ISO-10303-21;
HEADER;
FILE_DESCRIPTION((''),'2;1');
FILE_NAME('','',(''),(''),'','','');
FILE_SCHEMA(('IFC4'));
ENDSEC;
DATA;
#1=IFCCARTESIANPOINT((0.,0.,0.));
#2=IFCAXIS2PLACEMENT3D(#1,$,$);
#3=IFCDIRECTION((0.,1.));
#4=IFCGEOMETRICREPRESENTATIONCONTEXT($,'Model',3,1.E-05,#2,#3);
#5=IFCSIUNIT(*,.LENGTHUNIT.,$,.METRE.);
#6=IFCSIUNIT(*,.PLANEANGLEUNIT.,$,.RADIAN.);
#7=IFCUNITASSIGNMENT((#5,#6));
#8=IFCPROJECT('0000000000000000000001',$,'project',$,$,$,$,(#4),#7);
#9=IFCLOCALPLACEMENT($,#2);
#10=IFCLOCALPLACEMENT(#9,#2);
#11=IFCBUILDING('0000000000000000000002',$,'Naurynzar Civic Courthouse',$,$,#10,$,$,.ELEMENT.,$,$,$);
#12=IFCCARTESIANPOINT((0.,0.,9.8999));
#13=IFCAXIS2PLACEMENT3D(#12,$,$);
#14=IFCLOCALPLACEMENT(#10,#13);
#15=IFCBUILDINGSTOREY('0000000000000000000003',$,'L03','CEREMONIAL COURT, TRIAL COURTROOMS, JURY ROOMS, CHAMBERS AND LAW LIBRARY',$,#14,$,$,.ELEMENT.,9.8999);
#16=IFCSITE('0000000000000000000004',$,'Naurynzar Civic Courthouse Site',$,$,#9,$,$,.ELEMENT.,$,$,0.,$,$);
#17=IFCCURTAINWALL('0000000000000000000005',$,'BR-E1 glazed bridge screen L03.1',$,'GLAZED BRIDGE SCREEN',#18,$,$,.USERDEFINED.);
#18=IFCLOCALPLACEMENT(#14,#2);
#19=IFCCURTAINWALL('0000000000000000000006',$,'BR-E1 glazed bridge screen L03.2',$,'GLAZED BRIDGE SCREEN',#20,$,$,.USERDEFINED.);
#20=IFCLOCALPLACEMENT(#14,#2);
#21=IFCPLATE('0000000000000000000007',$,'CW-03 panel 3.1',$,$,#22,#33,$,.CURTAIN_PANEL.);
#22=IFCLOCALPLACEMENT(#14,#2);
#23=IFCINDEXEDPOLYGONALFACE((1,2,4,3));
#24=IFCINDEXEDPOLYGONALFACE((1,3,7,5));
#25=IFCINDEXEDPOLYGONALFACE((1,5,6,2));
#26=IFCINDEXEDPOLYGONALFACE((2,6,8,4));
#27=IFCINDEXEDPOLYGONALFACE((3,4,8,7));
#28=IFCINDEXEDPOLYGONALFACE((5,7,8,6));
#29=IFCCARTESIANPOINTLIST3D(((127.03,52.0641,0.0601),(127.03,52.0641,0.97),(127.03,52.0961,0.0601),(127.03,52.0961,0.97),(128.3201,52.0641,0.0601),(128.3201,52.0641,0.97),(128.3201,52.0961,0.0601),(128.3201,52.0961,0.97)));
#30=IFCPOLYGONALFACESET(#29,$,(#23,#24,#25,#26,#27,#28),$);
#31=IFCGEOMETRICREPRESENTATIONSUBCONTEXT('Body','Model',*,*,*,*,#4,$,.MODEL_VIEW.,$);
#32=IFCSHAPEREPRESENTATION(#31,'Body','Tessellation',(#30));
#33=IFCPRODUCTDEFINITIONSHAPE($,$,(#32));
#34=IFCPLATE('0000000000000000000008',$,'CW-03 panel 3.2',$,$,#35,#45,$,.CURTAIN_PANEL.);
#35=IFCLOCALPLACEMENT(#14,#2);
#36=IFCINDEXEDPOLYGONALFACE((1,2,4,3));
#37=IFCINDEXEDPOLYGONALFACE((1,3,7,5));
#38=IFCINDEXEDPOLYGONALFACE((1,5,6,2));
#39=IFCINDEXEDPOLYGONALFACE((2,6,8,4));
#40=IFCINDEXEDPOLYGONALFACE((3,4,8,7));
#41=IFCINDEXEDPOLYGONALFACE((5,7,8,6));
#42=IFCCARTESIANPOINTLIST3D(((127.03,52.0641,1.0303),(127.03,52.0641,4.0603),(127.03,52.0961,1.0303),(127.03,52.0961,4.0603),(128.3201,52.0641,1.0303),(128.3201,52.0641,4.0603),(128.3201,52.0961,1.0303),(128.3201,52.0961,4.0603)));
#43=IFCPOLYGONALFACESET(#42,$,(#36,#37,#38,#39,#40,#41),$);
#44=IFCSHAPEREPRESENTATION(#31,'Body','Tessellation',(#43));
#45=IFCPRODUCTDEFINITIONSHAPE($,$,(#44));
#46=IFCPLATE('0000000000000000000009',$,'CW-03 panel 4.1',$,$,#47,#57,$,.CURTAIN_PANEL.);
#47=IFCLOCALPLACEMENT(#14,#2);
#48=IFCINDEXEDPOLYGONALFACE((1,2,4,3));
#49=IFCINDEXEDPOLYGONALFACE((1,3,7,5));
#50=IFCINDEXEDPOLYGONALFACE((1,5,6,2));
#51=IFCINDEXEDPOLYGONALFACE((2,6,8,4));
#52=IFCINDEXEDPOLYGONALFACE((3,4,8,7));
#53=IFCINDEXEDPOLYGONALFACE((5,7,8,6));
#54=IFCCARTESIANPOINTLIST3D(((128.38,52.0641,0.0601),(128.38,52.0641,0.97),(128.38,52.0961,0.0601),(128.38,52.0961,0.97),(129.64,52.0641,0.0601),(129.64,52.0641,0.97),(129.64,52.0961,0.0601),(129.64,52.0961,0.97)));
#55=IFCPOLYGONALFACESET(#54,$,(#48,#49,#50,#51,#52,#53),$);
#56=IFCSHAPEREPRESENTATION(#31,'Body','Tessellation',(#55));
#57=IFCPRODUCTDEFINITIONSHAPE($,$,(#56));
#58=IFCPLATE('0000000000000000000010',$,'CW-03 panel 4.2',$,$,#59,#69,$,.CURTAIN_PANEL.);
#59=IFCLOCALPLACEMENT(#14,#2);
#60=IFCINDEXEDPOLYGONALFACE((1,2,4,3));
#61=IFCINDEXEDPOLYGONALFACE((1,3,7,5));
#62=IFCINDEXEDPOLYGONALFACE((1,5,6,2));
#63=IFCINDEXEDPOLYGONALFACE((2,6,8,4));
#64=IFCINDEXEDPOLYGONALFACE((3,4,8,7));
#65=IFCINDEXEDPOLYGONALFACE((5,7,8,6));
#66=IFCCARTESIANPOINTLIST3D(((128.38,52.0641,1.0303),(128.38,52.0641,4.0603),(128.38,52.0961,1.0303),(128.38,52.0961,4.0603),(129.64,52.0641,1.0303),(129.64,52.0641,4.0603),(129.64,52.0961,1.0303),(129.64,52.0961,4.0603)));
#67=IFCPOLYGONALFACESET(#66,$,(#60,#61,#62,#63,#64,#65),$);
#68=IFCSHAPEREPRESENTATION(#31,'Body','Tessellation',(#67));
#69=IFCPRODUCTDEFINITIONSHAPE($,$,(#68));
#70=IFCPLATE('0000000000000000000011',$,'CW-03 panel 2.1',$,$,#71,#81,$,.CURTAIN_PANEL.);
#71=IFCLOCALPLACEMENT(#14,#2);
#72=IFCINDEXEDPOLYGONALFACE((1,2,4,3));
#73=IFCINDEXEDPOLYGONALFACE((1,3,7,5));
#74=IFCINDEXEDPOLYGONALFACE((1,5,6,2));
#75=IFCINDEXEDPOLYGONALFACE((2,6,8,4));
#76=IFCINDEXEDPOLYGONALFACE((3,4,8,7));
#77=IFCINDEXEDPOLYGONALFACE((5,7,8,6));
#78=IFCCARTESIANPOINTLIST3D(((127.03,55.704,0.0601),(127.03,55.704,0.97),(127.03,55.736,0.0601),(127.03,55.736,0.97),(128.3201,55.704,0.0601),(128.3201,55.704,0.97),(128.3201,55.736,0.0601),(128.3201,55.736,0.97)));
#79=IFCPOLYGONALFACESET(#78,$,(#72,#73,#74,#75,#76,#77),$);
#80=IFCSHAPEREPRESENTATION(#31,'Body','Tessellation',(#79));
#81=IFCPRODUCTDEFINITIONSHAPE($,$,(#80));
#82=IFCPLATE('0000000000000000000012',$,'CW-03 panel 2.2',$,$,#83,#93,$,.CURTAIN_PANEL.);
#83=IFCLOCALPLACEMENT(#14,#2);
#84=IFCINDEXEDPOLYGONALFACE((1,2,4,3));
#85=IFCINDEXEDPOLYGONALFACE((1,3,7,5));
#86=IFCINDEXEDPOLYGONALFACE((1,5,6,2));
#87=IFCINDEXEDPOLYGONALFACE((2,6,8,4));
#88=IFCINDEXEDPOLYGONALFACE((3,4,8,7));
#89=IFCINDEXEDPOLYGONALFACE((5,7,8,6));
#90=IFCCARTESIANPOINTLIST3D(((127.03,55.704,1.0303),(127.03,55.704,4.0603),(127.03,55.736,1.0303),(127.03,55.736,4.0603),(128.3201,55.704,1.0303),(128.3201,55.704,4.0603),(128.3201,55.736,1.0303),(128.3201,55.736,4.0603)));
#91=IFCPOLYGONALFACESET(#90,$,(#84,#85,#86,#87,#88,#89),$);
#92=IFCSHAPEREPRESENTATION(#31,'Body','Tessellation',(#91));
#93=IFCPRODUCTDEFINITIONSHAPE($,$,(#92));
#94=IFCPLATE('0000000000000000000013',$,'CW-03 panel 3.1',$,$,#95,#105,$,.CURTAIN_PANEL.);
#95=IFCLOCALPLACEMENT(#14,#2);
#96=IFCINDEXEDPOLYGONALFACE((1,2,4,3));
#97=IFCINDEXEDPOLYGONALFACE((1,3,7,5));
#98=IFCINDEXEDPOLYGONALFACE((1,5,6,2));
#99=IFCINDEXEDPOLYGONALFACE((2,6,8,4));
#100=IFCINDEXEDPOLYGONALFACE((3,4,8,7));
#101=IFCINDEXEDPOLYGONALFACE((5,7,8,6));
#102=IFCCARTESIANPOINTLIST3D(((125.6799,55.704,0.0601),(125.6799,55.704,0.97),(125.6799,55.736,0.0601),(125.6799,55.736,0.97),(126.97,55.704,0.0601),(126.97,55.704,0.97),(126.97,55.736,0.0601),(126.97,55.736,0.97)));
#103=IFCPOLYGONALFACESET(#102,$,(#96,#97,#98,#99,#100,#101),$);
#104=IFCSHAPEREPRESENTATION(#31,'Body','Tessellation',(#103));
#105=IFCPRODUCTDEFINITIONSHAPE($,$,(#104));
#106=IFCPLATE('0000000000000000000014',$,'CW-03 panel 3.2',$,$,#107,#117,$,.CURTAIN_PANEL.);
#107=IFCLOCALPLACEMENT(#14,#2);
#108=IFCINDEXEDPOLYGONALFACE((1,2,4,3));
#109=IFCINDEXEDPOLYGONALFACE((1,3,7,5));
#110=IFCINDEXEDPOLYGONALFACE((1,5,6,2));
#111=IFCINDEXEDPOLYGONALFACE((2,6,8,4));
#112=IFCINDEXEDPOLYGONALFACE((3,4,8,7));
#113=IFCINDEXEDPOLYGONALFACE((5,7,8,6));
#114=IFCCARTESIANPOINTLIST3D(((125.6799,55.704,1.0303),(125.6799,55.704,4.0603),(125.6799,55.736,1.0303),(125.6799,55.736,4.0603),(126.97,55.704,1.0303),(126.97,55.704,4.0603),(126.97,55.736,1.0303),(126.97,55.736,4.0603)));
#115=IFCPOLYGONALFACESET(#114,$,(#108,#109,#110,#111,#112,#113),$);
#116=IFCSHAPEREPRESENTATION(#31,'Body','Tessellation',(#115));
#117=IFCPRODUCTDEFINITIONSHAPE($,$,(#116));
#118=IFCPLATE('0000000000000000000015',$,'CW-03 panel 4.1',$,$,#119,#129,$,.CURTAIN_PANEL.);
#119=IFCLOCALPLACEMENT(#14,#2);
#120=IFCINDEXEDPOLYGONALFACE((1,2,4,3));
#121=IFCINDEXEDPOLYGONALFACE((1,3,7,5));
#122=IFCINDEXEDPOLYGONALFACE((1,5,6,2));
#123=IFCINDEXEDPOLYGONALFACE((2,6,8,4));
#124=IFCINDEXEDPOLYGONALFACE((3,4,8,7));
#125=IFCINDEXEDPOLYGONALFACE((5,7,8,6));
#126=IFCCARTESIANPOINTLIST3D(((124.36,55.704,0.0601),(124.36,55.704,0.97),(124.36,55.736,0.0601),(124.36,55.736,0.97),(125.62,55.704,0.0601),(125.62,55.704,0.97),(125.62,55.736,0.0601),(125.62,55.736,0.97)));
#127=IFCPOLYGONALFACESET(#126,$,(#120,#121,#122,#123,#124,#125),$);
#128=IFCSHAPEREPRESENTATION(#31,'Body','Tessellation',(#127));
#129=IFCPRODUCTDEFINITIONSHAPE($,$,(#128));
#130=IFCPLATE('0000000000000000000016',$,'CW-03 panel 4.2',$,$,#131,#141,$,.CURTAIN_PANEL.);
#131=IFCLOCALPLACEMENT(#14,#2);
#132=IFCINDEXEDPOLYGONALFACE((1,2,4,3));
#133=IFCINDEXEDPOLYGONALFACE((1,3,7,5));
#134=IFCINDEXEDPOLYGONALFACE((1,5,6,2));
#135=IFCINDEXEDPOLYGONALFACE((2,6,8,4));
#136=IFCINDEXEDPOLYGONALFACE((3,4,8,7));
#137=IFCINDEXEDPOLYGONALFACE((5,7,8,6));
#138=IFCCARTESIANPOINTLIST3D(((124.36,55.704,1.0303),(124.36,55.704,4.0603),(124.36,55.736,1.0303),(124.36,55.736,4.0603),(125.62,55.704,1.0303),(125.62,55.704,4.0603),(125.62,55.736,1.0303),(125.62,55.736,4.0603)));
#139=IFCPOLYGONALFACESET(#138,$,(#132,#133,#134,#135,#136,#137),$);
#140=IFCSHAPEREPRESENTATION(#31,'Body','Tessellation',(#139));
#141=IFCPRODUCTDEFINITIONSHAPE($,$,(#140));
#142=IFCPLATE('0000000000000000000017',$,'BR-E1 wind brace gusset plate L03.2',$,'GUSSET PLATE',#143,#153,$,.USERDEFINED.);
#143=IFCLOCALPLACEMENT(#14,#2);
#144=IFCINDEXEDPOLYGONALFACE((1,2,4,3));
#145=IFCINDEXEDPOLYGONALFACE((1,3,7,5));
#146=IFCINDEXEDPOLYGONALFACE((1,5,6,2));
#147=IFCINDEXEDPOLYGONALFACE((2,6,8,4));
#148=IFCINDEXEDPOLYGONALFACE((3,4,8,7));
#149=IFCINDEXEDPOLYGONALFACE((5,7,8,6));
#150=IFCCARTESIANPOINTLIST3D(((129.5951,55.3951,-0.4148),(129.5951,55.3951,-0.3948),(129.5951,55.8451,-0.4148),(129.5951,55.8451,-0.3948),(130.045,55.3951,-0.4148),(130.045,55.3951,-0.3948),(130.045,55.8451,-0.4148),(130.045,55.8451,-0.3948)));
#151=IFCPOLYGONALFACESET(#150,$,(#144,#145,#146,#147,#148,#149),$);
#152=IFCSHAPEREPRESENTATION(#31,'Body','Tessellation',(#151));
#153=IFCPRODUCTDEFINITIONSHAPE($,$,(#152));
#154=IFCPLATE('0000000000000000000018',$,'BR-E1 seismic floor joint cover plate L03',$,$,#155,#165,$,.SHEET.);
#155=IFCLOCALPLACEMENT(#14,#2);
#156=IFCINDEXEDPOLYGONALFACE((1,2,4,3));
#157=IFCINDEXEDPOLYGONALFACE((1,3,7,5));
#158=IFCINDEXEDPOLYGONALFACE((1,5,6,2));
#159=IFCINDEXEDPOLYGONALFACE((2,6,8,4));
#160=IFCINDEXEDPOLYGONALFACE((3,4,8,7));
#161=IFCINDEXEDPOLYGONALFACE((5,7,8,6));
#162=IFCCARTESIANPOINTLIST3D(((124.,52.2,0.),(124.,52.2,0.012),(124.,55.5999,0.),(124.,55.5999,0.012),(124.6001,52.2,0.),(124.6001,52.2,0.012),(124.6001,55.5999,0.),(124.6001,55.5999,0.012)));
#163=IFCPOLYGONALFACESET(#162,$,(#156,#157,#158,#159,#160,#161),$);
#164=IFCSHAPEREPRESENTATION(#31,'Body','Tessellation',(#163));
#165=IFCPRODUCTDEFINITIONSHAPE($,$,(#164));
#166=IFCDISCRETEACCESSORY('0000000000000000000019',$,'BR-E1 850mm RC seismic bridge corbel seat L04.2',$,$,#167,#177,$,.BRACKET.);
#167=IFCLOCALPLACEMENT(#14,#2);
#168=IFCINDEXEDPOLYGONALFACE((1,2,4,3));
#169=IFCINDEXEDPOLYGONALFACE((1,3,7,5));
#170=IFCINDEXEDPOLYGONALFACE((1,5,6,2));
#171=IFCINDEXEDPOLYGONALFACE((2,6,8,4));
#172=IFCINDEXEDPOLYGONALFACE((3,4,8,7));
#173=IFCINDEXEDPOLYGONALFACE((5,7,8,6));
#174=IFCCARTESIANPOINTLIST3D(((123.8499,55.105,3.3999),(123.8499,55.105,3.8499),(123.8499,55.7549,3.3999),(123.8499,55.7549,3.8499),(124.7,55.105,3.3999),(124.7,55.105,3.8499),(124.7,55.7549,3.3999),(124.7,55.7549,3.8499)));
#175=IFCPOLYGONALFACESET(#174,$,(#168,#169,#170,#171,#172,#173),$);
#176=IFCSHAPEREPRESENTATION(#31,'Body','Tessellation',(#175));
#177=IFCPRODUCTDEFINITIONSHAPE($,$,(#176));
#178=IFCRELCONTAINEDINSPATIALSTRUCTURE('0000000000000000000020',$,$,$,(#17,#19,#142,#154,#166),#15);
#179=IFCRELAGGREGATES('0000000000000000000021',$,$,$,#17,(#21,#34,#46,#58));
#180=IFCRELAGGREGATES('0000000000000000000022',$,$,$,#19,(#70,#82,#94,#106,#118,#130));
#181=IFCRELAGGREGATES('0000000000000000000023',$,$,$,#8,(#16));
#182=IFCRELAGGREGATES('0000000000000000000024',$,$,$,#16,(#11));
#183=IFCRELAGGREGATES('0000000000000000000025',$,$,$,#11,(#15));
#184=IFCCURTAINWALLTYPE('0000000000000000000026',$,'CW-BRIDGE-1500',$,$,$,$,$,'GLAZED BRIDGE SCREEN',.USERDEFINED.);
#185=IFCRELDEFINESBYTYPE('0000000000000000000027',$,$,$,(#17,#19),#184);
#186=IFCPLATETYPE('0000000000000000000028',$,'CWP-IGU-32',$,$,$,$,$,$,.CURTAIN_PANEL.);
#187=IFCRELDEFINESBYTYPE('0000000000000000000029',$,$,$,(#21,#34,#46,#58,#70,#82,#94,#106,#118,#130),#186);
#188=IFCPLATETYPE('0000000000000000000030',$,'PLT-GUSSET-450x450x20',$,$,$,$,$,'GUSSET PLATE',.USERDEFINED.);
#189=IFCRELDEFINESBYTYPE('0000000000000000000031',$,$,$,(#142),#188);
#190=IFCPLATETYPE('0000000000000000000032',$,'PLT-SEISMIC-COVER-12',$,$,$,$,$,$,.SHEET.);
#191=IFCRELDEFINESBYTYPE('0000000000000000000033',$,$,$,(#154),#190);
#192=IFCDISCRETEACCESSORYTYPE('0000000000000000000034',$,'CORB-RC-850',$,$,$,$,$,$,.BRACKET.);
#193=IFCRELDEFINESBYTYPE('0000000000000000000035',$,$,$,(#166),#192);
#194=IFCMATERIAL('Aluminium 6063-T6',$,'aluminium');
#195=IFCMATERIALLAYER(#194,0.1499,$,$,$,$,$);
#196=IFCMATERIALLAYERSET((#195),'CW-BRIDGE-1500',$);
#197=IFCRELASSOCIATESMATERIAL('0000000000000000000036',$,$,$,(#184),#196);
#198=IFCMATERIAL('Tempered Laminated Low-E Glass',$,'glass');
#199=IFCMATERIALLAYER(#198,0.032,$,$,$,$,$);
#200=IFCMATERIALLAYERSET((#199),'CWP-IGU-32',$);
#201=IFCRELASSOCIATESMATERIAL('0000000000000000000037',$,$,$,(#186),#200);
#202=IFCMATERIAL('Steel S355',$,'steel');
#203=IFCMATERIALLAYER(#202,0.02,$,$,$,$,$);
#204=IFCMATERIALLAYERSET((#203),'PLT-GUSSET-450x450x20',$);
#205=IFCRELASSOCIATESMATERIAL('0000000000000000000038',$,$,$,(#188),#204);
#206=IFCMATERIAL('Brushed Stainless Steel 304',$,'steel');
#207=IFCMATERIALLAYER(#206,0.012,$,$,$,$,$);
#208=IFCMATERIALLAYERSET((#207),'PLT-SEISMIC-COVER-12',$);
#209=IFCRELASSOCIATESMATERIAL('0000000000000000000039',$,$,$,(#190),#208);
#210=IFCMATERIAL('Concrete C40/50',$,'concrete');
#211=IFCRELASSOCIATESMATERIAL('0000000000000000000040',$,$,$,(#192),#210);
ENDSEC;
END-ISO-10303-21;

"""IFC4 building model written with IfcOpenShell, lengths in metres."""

from ifc_helpers import new_model, si_unit, direction, frame, origin, origin_2d, place, context, subcontext, project, spatial, rectangle, extrude, material, layer, layer_set, type_object, element, aggregate, save


model = new_model("IFC4")

# Units and contexts
model_context = context("Model", 3, precision=1e-05, world=origin(), true_north=direction((0.0, 1.0)))
body_context = subcontext(model_context, "Body", "Model", "MODEL_VIEW")
ifc_project = project(units=[si_unit("LENGTHUNIT", "METRE"), si_unit("PLANEANGLEUNIT", "RADIAN")], contexts=[model_context])

# Site, building, storey
site_placement = place(None, origin())
site = spatial("IfcSite", under=ifc_project, at=site_placement, Name="Naurynzar Civic Courthouse Site", CompositionType="ELEMENT", RefElevation=0.0)
building_placement = place(site_placement, origin())
building = spatial("IfcBuilding", under=site, at=building_placement, Name="Naurynzar Civic Courthouse", CompositionType="ELEMENT")
storey_placement = place(building_placement, frame((0.0, 0.0, 9.8999)))
storey = spatial("IfcBuildingStorey", under=building, at=storey_placement, Name="L03", Description="CEREMONIAL COURT, TRIAL COURTROOMS, JURY ROOMS, CHAMBERS AND LAW LIBRARY", CompositionType="ELEMENT", Elevation=9.8999)

# Curtain walls
ifc_material_1 = material(Name="Aluminium 6063-T6", Category="aluminium")
ifc_layer_1 = layer(ifc_material_1, 0.1499)
ifc_layer_set_1 = layer_set([ifc_layer_1], Name="CW-BRIDGE-1500")
curtain_wall_type = type_object("IfcCurtainWallType", Name="CW-BRIDGE-1500", ElementType="GLAZED BRIDGE SCREEN", PredefinedType="USERDEFINED", material=ifc_layer_set_1)
curtain_wall_1_placement = place(storey_placement, origin())
curtain_wall_1 = element("IfcCurtainWall", 1, at=curtain_wall_1_placement, inside=storey, type_object=curtain_wall_type, Name="BR-E1 glazed bridge screen L03.1", ObjectType="GLAZED BRIDGE SCREEN", PredefinedType="USERDEFINED")
curtain_wall_2_placement = place(storey_placement, origin())
curtain_wall_2 = element("IfcCurtainWall", 2, at=curtain_wall_2_placement, inside=storey, type_object=curtain_wall_type, Name="BR-E1 glazed bridge screen L03.2", ObjectType="GLAZED BRIDGE SCREEN", PredefinedType="USERDEFINED")

# Plates
ifc_material_2 = material(Name="Tempered Laminated Low-E Glass", Category="glass")
ifc_layer_2 = layer(ifc_material_2, 0.032)
ifc_layer_set_2 = layer_set([ifc_layer_2], Name="CWP-IGU-32")
plate_type_1 = type_object("IfcPlateType", Name="CWP-IGU-32", PredefinedType="CURTAIN_PANEL", material=ifc_layer_set_2)
plate_1_placement = place(storey_placement, frame((127.675, 52.0801, 0.0601), z_axis=(0.0, 0.0, 1.0), x_axis=(1.0, 0.0, 0.0)))
plate_1 = element("IfcPlate", 3, at=plate_1_placement, type_object=plate_type_1, Name="CW-03 panel 3.1", PredefinedType="CURTAIN_PANEL", context=body_context, shape_type="SweptSolid", body=[
    extrude(rectangle(XDim=1.29, YDim=0.032, at=origin_2d()), origin(), (0.0, 0.0, 1.0), 0.9099),
])
plate_2_placement = place(storey_placement, frame((127.675, 52.0801, 1.0303), z_axis=(0.0, 0.0, 1.0), x_axis=(1.0, 0.0, 0.0)))
plate_2 = element("IfcPlate", 4, at=plate_2_placement, type_object=plate_type_1, Name="CW-03 panel 3.2", PredefinedType="CURTAIN_PANEL", context=body_context, shape_type="SweptSolid", body=[
    extrude(rectangle(XDim=1.29, YDim=0.032, at=origin_2d()), origin(), (0.0, 0.0, 1.0), 3.03),
])
plate_3_placement = place(storey_placement, frame((129.01, 52.0801, 0.0601), z_axis=(0.0, 0.0, 1.0), x_axis=(1.0, 0.0, 0.0)))
plate_3 = element("IfcPlate", 5, at=plate_3_placement, type_object=plate_type_1, Name="CW-03 panel 4.1", PredefinedType="CURTAIN_PANEL", context=body_context, shape_type="SweptSolid", body=[
    extrude(rectangle(XDim=1.26, YDim=0.032, at=origin_2d()), origin(), (0.0, 0.0, 1.0), 0.9099),
])
plate_4_placement = place(storey_placement, frame((129.01, 52.0801, 1.0303), z_axis=(0.0, 0.0, 1.0), x_axis=(1.0, 0.0, 0.0)))
plate_4 = element("IfcPlate", 6, at=plate_4_placement, type_object=plate_type_1, Name="CW-03 panel 4.2", PredefinedType="CURTAIN_PANEL", context=body_context, shape_type="SweptSolid", body=[
    extrude(rectangle(XDim=1.26, YDim=0.032, at=origin_2d()), origin(), (0.0, 0.0, 1.0), 3.03),
])
aggregate(curtain_wall_1, [plate_1, plate_2, plate_3, plate_4])
plate_5_placement = place(storey_placement, frame((127.675, 55.72, 0.0601), z_axis=(0.0, 0.0, 1.0), x_axis=(-1.0, 0.0, 0.0)))
plate_5 = element("IfcPlate", 7, at=plate_5_placement, type_object=plate_type_1, Name="CW-03 panel 2.1", PredefinedType="CURTAIN_PANEL", context=body_context, shape_type="SweptSolid", body=[
    extrude(rectangle(XDim=1.29, YDim=0.032, at=origin_2d()), origin(), (0.0, 0.0, 1.0), 0.9099),
])
plate_6_placement = place(storey_placement, frame((127.675, 55.72, 1.0303), z_axis=(0.0, 0.0, 1.0), x_axis=(-1.0, 0.0, 0.0)))
plate_6 = element("IfcPlate", 8, at=plate_6_placement, type_object=plate_type_1, Name="CW-03 panel 2.2", PredefinedType="CURTAIN_PANEL", context=body_context, shape_type="SweptSolid", body=[
    extrude(rectangle(XDim=1.29, YDim=0.032, at=origin_2d()), origin(), (0.0, 0.0, 1.0), 3.03),
])
plate_7_placement = place(storey_placement, frame((126.325, 55.72, 0.0601), z_axis=(0.0, 0.0, 1.0), x_axis=(-1.0, 0.0, 0.0)))
plate_7 = element("IfcPlate", 9, at=plate_7_placement, type_object=plate_type_1, Name="CW-03 panel 3.1", PredefinedType="CURTAIN_PANEL", context=body_context, shape_type="SweptSolid", body=[
    extrude(rectangle(XDim=1.29, YDim=0.032, at=origin_2d()), origin(), (0.0, 0.0, 1.0), 0.9099),
])
plate_8_placement = place(storey_placement, frame((126.325, 55.72, 1.0303), z_axis=(0.0, 0.0, 1.0), x_axis=(-1.0, 0.0, 0.0)))
plate_8 = element("IfcPlate", 10, at=plate_8_placement, type_object=plate_type_1, Name="CW-03 panel 3.2", PredefinedType="CURTAIN_PANEL", context=body_context, shape_type="SweptSolid", body=[
    extrude(rectangle(XDim=1.29, YDim=0.032, at=origin_2d()), origin(), (0.0, 0.0, 1.0), 3.03),
])
plate_9_placement = place(storey_placement, frame((124.99, 55.72, 0.0601), z_axis=(0.0, 0.0, 1.0), x_axis=(-1.0, 0.0, 0.0)))
plate_9 = element("IfcPlate", 11, at=plate_9_placement, type_object=plate_type_1, Name="CW-03 panel 4.1", PredefinedType="CURTAIN_PANEL", context=body_context, shape_type="SweptSolid", body=[
    extrude(rectangle(XDim=1.26, YDim=0.032, at=origin_2d()), origin(), (0.0, 0.0, 1.0), 0.9099),
])
plate_10_placement = place(storey_placement, frame((124.99, 55.72, 1.0303), z_axis=(0.0, 0.0, 1.0), x_axis=(-1.0, 0.0, 0.0)))
plate_10 = element("IfcPlate", 12, at=plate_10_placement, type_object=plate_type_1, Name="CW-03 panel 4.2", PredefinedType="CURTAIN_PANEL", context=body_context, shape_type="SweptSolid", body=[
    extrude(rectangle(XDim=1.26, YDim=0.032, at=origin_2d()), origin(), (0.0, 0.0, 1.0), 3.03),
])
aggregate(curtain_wall_2, [plate_5, plate_6, plate_7, plate_8, plate_9, plate_10])

# Plates
ifc_material_3 = material(Name="Steel S355", Category="steel")
ifc_layer_3 = layer(ifc_material_3, 0.02)
ifc_layer_set_3 = layer_set([ifc_layer_3], Name="PLT-GUSSET-450x450x20")
plate_type_2 = type_object("IfcPlateType", Name="PLT-GUSSET-450x450x20", ElementType="GUSSET PLATE", PredefinedType="USERDEFINED", material=ifc_layer_set_3)
plate_11_placement = place(storey_placement, frame((129.8201, 55.6201, -0.4148), z_axis=(0.0, 0.0, 1.0), x_axis=(1.0, 0.0, 0.0)))
element("IfcPlate", 13, at=plate_11_placement, inside=storey, type_object=plate_type_2, Name="BR-E1 wind brace gusset plate L03.2", ObjectType="GUSSET PLATE", PredefinedType="USERDEFINED", context=body_context, shape_type="SweptSolid", body=[
    extrude(rectangle(XDim=0.45, YDim=0.45, at=origin_2d()), origin(), (0.0, 0.0, 1.0), 0.02),
])
ifc_material_4 = material(Name="Brushed Stainless Steel 304", Category="steel")
ifc_layer_4 = layer(ifc_material_4, 0.012)
ifc_layer_set_4 = layer_set([ifc_layer_4], Name="PLT-SEISMIC-COVER-12")
plate_type_3 = type_object("IfcPlateType", Name="PLT-SEISMIC-COVER-12", PredefinedType="SHEET", material=ifc_layer_set_4)
plate_12_placement = place(storey_placement, frame((124.3, 53.8999, 0.0), z_axis=(0.0, 0.0, 1.0), x_axis=(1.0, 0.0, 0.0)))
element("IfcPlate", 14, at=plate_12_placement, inside=storey, type_object=plate_type_3, Name="BR-E1 seismic floor joint cover plate L03", PredefinedType="SHEET", context=body_context, shape_type="SweptSolid", body=[
    extrude(rectangle(XDim=0.6001, YDim=3.3999, at=origin_2d()), origin(), (0.0, 0.0, 1.0), 0.012),
])

# Discrete accessory
ifc_material_5 = material(Name="Concrete C40/50", Category="concrete")
discrete_accessory_type = type_object("IfcDiscreteAccessoryType", Name="CORB-RC-850", PredefinedType="BRACKET", material=ifc_material_5)
discrete_accessory_placement = place(storey_placement, frame((124.2749, 55.4299, 3.3999), z_axis=(0.0, 0.0, 1.0), x_axis=(1.0, 0.0, 0.0)))
element("IfcDiscreteAccessory", 15, at=discrete_accessory_placement, inside=storey, type_object=discrete_accessory_type, Name="BR-E1 850mm RC seismic bridge corbel seat L04.2", PredefinedType="BRACKET", context=body_context, shape_type="SweptSolid", body=[
    extrude(rectangle(XDim=0.8501, YDim=0.6499, at=origin_2d()), origin(), (0.0, 0.0, 1.0), 0.45),
])

save(model, "model.ifc")
